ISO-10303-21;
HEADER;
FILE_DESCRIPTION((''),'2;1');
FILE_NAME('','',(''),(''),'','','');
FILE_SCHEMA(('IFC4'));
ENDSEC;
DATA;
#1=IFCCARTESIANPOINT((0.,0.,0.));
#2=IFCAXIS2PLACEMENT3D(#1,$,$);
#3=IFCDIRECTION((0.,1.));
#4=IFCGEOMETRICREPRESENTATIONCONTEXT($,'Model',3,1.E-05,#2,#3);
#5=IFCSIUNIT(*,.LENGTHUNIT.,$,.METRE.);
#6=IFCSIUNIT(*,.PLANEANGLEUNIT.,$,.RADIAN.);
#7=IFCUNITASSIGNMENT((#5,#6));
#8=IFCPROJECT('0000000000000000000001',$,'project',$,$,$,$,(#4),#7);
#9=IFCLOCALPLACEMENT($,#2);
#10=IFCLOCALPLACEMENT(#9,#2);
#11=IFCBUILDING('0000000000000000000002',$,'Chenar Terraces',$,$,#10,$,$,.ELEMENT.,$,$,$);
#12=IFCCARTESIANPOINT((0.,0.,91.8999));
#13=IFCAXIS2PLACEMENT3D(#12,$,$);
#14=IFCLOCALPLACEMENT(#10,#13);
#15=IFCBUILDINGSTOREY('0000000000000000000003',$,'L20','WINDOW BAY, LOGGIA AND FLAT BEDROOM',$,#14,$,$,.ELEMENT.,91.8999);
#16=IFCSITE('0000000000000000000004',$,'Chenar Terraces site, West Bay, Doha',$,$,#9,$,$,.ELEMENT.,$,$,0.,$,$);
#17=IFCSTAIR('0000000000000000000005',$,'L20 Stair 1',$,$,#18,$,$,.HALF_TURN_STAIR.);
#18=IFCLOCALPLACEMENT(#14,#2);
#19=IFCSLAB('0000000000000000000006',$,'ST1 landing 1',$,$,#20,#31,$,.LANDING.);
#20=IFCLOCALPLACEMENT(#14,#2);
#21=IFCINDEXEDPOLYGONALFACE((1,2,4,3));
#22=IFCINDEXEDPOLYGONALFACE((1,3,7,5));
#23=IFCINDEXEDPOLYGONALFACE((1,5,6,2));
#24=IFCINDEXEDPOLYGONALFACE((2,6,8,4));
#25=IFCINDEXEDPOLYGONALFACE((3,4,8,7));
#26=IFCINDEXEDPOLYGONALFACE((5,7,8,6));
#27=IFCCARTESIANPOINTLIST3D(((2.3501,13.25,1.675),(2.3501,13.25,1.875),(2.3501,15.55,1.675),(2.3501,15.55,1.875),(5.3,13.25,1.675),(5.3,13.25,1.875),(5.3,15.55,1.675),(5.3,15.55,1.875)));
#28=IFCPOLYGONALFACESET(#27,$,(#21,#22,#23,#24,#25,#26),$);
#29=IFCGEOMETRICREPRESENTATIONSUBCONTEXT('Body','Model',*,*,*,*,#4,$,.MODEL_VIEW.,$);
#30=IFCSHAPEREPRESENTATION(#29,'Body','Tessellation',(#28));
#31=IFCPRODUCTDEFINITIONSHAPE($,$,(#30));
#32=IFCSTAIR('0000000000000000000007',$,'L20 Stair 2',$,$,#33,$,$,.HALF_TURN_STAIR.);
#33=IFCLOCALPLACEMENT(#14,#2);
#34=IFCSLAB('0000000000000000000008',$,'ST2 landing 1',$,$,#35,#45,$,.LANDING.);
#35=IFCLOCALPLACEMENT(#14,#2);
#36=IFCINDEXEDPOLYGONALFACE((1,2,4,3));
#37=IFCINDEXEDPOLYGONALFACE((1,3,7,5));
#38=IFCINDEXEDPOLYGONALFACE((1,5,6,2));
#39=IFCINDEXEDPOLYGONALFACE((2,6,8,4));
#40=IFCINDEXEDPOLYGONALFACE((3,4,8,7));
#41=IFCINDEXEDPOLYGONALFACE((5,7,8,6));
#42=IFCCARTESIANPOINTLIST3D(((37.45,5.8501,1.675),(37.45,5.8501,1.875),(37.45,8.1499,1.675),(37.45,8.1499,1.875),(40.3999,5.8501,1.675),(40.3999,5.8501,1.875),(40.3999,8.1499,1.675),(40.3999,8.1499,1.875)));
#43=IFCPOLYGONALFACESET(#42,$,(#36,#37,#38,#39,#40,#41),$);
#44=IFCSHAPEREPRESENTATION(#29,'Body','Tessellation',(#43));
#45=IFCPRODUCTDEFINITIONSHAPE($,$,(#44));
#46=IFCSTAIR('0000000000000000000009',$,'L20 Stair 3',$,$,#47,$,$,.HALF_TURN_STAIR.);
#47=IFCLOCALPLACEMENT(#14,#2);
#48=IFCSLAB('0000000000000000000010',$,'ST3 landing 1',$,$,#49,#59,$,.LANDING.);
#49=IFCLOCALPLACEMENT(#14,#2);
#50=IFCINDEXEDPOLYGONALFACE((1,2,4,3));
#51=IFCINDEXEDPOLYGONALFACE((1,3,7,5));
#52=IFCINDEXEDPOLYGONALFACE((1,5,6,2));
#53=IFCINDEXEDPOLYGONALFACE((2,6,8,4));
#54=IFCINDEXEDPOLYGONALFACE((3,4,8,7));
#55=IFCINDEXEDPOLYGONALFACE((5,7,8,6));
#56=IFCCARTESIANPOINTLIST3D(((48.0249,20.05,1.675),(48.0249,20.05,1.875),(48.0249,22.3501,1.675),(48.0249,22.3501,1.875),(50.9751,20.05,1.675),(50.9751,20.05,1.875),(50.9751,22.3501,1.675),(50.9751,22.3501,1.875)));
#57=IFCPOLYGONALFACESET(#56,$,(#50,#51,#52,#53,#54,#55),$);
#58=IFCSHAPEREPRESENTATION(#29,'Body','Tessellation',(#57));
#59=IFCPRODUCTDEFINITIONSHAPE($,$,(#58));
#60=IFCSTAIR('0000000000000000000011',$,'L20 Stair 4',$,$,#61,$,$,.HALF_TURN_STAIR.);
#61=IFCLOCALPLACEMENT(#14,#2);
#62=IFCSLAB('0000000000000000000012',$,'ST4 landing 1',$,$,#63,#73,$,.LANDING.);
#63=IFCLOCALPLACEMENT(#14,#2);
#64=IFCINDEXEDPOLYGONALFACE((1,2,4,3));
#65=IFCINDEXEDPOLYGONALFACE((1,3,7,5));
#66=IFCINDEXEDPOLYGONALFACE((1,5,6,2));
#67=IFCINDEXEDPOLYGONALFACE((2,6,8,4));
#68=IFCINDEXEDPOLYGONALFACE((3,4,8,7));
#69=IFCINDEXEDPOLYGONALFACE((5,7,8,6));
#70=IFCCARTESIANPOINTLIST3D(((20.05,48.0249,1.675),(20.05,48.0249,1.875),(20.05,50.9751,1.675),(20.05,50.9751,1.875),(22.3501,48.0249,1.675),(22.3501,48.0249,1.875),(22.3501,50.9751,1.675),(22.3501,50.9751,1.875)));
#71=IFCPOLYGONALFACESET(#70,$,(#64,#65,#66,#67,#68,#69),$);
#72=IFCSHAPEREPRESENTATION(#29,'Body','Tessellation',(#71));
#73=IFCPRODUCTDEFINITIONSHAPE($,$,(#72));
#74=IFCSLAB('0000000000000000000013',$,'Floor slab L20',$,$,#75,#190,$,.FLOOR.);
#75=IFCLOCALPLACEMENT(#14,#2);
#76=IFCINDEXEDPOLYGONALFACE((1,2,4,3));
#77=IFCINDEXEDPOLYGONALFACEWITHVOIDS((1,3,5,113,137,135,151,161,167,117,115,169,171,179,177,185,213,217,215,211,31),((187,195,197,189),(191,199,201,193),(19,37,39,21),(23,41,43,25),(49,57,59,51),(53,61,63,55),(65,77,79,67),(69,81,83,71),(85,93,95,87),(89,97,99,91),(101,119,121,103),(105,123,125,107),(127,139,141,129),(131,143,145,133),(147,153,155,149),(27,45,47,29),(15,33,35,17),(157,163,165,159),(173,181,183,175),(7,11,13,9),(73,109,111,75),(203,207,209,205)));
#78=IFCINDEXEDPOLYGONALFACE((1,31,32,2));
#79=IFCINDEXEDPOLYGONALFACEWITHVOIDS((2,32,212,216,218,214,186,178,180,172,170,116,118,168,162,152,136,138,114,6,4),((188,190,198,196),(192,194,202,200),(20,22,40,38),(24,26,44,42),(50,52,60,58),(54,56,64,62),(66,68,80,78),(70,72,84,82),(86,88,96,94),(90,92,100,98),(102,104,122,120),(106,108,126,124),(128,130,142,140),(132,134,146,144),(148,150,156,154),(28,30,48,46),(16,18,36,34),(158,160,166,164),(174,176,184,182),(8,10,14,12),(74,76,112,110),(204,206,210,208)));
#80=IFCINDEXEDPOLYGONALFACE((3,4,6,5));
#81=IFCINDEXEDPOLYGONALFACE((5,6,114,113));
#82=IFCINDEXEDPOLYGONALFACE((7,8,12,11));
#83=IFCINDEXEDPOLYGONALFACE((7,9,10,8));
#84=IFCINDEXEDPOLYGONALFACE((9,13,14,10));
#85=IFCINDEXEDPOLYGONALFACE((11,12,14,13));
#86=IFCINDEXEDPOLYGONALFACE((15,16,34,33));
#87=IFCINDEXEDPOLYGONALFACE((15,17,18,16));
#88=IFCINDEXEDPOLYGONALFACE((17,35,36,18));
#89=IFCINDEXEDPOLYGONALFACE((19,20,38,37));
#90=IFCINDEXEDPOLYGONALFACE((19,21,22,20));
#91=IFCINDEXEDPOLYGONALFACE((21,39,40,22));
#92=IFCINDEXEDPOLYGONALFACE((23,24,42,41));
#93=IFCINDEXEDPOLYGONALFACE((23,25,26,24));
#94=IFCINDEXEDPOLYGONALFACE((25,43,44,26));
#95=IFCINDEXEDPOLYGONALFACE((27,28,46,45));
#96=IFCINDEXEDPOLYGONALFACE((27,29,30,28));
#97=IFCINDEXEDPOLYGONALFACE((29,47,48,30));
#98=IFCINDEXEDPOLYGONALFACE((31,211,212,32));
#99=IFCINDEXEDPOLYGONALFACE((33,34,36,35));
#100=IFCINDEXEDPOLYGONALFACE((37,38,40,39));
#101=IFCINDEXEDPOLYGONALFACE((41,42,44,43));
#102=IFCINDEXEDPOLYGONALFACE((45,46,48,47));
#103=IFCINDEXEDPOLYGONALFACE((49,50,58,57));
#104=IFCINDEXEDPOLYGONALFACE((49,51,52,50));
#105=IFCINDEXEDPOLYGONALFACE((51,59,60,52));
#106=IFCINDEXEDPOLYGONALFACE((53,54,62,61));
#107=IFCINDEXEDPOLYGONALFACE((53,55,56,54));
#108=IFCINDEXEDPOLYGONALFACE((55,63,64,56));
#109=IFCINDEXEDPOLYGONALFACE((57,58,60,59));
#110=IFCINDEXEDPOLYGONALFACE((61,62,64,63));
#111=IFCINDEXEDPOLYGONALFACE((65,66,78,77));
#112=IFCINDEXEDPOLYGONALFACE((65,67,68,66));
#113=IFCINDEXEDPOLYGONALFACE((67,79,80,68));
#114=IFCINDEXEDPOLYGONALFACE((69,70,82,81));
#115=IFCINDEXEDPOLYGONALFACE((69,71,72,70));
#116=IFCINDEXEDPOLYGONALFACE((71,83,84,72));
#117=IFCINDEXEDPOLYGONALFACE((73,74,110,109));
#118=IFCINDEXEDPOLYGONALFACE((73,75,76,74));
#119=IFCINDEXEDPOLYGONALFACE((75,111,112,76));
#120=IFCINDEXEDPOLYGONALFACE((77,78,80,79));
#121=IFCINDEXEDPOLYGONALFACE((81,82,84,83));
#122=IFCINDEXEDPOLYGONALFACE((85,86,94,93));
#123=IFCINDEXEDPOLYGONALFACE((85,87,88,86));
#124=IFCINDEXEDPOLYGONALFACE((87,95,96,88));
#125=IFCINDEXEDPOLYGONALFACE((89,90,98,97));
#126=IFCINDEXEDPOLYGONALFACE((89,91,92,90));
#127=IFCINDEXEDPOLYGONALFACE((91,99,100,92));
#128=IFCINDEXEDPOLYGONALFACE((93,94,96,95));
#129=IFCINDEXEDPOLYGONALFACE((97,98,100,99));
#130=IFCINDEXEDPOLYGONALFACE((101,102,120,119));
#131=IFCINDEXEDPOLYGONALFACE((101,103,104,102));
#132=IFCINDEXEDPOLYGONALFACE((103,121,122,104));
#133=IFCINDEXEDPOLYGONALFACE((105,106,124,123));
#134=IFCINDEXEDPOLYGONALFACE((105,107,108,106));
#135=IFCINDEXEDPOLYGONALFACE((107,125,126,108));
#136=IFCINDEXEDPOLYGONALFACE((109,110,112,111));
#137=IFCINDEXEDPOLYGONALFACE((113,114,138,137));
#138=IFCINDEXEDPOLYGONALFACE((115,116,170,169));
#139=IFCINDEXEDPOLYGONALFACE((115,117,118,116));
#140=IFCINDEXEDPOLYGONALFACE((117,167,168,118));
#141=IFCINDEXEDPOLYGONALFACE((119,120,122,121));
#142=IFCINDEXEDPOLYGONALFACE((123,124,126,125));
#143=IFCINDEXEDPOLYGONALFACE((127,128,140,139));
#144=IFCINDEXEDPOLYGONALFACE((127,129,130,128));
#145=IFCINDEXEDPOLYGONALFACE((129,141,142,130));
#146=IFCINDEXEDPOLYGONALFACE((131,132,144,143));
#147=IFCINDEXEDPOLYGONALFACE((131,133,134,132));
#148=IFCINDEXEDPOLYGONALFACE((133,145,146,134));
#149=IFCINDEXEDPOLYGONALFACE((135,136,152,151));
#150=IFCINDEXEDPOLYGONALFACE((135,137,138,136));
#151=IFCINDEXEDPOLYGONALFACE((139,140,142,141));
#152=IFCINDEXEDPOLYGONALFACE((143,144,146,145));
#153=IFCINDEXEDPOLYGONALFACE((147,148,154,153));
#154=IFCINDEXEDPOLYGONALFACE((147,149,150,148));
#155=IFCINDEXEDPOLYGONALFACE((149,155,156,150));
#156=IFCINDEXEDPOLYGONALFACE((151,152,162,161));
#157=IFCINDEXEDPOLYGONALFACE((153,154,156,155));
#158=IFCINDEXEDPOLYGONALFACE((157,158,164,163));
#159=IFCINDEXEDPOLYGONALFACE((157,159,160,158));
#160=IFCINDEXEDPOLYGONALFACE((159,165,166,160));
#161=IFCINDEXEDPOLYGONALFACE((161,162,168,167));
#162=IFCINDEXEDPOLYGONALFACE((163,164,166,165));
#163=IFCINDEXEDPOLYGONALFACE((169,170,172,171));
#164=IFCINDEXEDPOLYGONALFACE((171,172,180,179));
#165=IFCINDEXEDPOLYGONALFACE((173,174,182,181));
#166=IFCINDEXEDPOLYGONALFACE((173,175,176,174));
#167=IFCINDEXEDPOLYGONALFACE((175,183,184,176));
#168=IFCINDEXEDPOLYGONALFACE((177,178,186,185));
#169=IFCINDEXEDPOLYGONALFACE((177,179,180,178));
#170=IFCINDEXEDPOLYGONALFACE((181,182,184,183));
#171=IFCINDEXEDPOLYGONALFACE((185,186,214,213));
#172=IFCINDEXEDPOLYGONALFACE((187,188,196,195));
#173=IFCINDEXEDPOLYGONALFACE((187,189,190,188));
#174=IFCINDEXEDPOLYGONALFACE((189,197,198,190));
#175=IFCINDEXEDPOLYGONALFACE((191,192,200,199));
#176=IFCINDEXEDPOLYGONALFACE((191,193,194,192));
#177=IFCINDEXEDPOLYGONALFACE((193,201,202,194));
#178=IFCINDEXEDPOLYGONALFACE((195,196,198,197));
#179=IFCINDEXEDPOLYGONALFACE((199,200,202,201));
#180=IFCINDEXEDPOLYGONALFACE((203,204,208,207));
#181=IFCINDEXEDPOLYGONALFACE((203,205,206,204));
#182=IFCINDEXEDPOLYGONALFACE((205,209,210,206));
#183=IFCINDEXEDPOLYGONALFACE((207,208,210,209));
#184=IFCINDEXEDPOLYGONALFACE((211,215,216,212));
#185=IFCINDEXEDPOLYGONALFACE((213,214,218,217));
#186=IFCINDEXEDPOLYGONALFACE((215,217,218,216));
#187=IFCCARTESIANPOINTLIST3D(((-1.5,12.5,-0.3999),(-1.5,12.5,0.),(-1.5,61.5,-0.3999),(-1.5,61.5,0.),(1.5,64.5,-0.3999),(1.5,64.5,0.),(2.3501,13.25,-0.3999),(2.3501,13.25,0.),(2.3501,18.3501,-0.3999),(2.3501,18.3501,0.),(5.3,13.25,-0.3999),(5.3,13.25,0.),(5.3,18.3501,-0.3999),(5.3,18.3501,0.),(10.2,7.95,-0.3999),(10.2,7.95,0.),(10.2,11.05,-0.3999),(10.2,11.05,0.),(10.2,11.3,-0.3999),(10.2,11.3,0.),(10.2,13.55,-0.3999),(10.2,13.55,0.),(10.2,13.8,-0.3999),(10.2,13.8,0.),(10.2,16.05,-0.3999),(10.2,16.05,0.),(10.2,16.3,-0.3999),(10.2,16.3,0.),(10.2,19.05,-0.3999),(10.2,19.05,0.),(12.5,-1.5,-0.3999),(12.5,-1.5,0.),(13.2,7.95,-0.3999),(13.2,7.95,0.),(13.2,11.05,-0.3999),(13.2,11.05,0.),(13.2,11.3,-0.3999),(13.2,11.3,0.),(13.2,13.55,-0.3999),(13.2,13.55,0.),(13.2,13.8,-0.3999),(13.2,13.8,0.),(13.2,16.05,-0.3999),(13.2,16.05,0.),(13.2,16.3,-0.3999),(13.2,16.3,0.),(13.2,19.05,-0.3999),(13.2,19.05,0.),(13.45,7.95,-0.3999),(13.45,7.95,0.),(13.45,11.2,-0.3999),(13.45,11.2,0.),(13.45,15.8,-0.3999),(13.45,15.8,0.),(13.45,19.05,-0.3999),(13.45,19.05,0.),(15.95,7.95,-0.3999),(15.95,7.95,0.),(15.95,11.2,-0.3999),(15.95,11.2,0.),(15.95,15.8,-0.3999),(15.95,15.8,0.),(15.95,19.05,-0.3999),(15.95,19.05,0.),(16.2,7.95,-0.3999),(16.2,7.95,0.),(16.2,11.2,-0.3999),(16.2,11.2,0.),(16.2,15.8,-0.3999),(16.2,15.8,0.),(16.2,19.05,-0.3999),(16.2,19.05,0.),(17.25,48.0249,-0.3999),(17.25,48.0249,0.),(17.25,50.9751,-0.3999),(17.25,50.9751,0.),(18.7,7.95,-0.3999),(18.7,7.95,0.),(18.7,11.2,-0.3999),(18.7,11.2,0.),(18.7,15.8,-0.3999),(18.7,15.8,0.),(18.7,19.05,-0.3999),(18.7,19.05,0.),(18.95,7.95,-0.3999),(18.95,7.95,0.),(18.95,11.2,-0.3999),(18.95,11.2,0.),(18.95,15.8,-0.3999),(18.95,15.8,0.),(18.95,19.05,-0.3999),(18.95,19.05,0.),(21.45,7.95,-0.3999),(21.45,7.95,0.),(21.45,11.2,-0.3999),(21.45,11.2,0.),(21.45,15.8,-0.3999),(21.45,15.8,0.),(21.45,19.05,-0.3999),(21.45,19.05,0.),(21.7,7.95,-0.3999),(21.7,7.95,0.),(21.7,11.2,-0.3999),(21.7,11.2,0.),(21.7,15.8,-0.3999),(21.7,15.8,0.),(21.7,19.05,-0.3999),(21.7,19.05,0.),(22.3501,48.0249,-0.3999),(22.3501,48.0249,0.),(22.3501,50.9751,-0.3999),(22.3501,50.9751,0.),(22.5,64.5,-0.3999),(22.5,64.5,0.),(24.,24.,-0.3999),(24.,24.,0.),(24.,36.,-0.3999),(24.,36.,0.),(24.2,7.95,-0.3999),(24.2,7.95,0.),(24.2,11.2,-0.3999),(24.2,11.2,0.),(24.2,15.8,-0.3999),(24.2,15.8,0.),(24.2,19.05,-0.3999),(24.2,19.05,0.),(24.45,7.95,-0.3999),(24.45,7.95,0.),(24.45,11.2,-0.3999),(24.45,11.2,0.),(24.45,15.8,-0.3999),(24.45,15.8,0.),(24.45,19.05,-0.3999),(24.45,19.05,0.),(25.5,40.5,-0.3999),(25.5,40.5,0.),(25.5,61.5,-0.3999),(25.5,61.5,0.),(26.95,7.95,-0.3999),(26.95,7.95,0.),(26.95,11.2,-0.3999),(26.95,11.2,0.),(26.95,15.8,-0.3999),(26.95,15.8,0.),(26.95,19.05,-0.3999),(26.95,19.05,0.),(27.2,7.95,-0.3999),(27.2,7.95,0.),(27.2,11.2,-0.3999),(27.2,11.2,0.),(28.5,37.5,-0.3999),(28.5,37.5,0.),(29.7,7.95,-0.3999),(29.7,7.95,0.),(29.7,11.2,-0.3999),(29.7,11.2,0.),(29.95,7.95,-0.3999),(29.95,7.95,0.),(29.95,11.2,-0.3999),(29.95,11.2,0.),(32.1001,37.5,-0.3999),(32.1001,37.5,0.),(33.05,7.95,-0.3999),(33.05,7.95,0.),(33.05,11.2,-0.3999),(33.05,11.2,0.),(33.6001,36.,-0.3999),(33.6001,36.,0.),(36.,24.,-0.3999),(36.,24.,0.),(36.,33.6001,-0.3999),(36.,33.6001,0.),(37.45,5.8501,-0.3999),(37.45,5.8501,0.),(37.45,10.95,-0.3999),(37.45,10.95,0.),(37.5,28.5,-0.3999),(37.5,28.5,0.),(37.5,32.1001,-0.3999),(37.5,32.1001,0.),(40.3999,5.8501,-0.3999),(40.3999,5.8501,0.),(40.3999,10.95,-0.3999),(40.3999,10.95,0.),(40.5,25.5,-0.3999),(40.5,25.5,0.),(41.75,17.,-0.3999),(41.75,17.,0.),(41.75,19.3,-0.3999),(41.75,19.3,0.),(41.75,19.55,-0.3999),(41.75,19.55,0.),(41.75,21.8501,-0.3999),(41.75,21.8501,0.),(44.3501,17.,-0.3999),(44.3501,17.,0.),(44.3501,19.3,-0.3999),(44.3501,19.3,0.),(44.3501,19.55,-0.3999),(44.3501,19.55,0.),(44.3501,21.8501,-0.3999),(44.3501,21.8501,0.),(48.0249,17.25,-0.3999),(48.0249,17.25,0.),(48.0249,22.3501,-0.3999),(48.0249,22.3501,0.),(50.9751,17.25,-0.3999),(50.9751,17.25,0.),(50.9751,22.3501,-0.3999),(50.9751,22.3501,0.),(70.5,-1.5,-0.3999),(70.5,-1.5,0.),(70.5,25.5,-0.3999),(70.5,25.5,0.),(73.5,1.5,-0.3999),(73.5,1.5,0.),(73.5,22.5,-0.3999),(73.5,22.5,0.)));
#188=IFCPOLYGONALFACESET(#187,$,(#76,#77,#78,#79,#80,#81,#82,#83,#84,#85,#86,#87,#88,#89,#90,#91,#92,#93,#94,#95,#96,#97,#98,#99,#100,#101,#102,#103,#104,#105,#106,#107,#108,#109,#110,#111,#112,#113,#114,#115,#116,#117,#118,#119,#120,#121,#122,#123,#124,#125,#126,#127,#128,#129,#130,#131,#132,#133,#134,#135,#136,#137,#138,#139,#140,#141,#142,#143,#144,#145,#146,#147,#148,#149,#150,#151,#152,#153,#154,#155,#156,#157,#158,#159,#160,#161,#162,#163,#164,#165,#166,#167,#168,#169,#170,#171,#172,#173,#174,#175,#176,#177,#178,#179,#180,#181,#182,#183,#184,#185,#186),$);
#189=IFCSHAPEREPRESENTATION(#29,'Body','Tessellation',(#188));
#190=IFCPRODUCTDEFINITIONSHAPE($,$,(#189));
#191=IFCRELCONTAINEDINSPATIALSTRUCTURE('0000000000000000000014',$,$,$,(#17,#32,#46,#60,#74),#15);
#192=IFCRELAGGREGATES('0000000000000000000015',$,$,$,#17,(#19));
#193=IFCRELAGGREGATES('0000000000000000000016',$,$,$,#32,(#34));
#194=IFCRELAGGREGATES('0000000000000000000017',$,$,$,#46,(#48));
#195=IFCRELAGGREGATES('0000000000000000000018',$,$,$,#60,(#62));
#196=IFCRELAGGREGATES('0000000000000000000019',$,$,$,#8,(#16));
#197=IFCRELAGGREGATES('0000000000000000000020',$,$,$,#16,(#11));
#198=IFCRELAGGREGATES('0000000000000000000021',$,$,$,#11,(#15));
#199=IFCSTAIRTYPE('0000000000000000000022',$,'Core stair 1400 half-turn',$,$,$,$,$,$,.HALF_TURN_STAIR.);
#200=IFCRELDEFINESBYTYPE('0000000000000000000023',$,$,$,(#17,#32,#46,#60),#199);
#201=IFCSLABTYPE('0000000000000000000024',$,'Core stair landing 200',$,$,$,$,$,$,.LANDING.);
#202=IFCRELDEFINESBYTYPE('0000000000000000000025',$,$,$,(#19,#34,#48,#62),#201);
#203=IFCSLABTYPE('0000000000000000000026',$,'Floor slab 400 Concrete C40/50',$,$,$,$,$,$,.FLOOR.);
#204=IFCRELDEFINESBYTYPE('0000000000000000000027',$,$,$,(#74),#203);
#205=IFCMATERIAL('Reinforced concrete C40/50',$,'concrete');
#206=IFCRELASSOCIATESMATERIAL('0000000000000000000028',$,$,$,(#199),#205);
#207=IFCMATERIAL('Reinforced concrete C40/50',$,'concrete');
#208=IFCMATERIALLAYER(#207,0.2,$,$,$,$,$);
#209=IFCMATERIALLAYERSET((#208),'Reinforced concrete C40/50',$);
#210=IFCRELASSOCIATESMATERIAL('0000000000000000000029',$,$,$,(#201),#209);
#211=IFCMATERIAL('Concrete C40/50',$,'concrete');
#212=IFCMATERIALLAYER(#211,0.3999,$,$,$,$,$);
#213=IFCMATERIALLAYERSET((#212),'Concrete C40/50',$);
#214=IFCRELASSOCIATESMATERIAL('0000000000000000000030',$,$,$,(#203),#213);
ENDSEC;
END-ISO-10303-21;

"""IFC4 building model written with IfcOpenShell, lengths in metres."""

from ifc_helpers import new_model, si_unit, direction, frame, origin, place, context, subcontext, project, spatial, polyline, outline, extrude, material, layer, layer_set, type_object, element, aggregate, save


model = new_model("IFC4")

# Units and contexts
model_context = context("Model", 3, precision=1e-05, world=origin(), true_north=direction((0.0, 1.0)))
body_context = subcontext(model_context, "Body", "Model", "MODEL_VIEW")
ifc_project = project(units=[si_unit("LENGTHUNIT", "METRE"), si_unit("PLANEANGLEUNIT", "RADIAN")], contexts=[model_context])

# Site, building, storey
site_placement = place(None, origin())
site = spatial("IfcSite", under=ifc_project, at=site_placement, Name="Chenar Terraces site, West Bay, Doha", CompositionType="ELEMENT", RefElevation=0.0)
building_placement = place(site_placement, origin())
building = spatial("IfcBuilding", under=site, at=building_placement, Name="Chenar Terraces", CompositionType="ELEMENT")
storey_placement = place(building_placement, frame((0.0, 0.0, 91.8999)))
storey = spatial("IfcBuildingStorey", under=building, at=storey_placement, Name="L20", Description="WINDOW BAY, LOGGIA AND FLAT BEDROOM", CompositionType="ELEMENT", Elevation=91.8999)

# Stairs, slabs
ifc_material_1 = material(Name="Reinforced concrete C40/50", Category="concrete")
stair_type = type_object("IfcStairType", Name="Core stair 1400 half-turn", PredefinedType="HALF_TURN_STAIR", material=ifc_material_1)
placement_1 = place(storey_placement, origin())
stair_1 = element("IfcStair", 1, at=placement_1, inside=storey, type_object=stair_type, Name="L20 Stair 1", PredefinedType="HALF_TURN_STAIR")
ifc_material_2 = material(Name="Reinforced concrete C40/50", Category="concrete")
ifc_layer_1 = layer(ifc_material_2, 0.2)
ifc_layer_set_1 = layer_set([ifc_layer_1], Name="Reinforced concrete C40/50")
slab_type_1 = type_object("IfcSlabType", Name="Core stair landing 200", PredefinedType="LANDING", material=ifc_layer_set_1)
placement_2 = place(storey_placement, frame((0.0, 0.0, 1.675)))
slab_1 = element("IfcSlab", 2, at=placement_2, type_object=slab_type_1, Name="ST1 landing 1", PredefinedType="LANDING", context=body_context, shape_type="SweptSolid", body=[
    extrude(outline(polyline([(2.3501, 15.55), (2.3501, 13.25), (5.3, 13.25), (5.3, 15.55), (2.3501, 15.55)])), origin(), (0.0, 0.0, 1.0), 0.2),
])
aggregate(stair_1, [slab_1])
stair_2 = element("IfcStair", 3, at=placement_1, inside=storey, type_object=stair_type, Name="L20 Stair 2", PredefinedType="HALF_TURN_STAIR")
slab_2 = element("IfcSlab", 4, at=placement_2, type_object=slab_type_1, Name="ST2 landing 1", PredefinedType="LANDING", context=body_context, shape_type="SweptSolid", body=[
    extrude(outline(polyline([(37.45, 8.1499), (37.45, 5.8501), (40.3999, 5.8501), (40.3999, 8.1499), (37.45, 8.1499)])), origin(), (0.0, 0.0, 1.0), 0.2),
])
aggregate(stair_2, [slab_2])
stair_3 = element("IfcStair", 5, at=placement_1, inside=storey, type_object=stair_type, Name="L20 Stair 3", PredefinedType="HALF_TURN_STAIR")
slab_3 = element("IfcSlab", 6, at=placement_2, type_object=slab_type_1, Name="ST3 landing 1", PredefinedType="LANDING", context=body_context, shape_type="SweptSolid", body=[
    extrude(outline(polyline([(50.9751, 20.05), (50.9751, 22.3501), (48.0249, 22.3501), (48.0249, 20.05), (50.9751, 20.05)])), origin(), (0.0, 0.0, 1.0), 0.2),
])
aggregate(stair_3, [slab_3])
stair_4 = element("IfcStair", 7, at=placement_1, inside=storey, type_object=stair_type, Name="L20 Stair 4", PredefinedType="HALF_TURN_STAIR")
slab_4 = element("IfcSlab", 8, at=placement_2, type_object=slab_type_1, Name="ST4 landing 1", PredefinedType="LANDING", context=body_context, shape_type="SweptSolid", body=[
    extrude(outline(polyline([(20.05, 48.0249), (22.3501, 48.0249), (22.3501, 50.9751), (20.05, 50.9751), (20.05, 48.0249)])), origin(), (0.0, 0.0, 1.0), 0.2),
])
aggregate(stair_4, [slab_4])

# Slab
ifc_material_3 = material(Name="Concrete C40/50", Category="concrete")
ifc_layer_2 = layer(ifc_material_3, 0.3999)
ifc_layer_set_2 = layer_set([ifc_layer_2], Name="Concrete C40/50")
slab_type_2 = type_object("IfcSlabType", Name="Floor slab 400 Concrete C40/50", PredefinedType="FLOOR", material=ifc_layer_set_2)
slab_5_placement = place(storey_placement, frame((0.0, 0.0, -0.3999)))
element("IfcSlab", 9, at=slab_5_placement, inside=storey, type_object=slab_type_2, Name="Floor slab L20", PredefinedType="FLOOR", context=body_context, shape_type="SweptSolid", body=[
    extrude(outline(polyline([(73.5, 22.5), (73.5, 1.5), (70.5, -1.5), (12.5, -1.5), (-1.5, 12.5), (-1.5, 61.5), (1.5, 64.5), (22.5, 64.5), (25.5, 61.5), (25.5, 40.5), (28.5, 37.5), (32.1001, 37.5), (33.6001, 36.0), (24.0, 36.0), (24.0, 24.0), (36.0, 24.0), (36.0, 33.6001), (37.5, 32.1001), (37.5, 28.5), (40.5, 25.5), (70.5, 25.5), (73.5, 22.5)]), holes=[polyline([(13.2, 11.05), (10.2, 11.05), (10.2, 7.95), (13.2, 7.95), (13.2, 11.05)]), polyline([(15.95, 11.2), (13.45, 11.2), (13.45, 7.95), (15.95, 7.95), (15.95, 11.2)]), polyline([(18.7, 11.2), (16.2, 11.2), (16.2, 7.95), (18.7, 7.95), (18.7, 11.2)]), polyline([(21.45, 7.95), (21.45, 11.2), (18.95, 11.2), (18.95, 7.95), (21.45, 7.95)]), polyline([(13.2, 11.3), (13.2, 13.55), (10.2, 13.55), (10.2, 11.3), (13.2, 11.3)]), polyline([(13.2, 16.05), (10.2, 16.05), (10.2, 13.8), (13.2, 13.8), (13.2, 16.05)]), polyline([(2.3501, 18.3501), (2.3501, 13.25), (5.3, 13.25), (5.3, 18.3501), (2.3501, 18.3501)]), polyline([(15.95, 15.8), (15.95, 19.05), (13.45, 19.05), (13.45, 15.8), (15.95, 15.8)]), polyline([(18.7, 19.05), (16.2, 19.05), (16.2, 15.8), (18.7, 15.8), (18.7, 19.05)]), polyline([(21.45, 15.8), (21.45, 19.05), (18.95, 19.05), (18.95, 15.8), (21.45, 15.8)]), polyline([(13.2, 16.3), (13.2, 19.05), (10.2, 19.05), (10.2, 16.3), (13.2, 16.3)]), polyline([(22.3501, 48.0249), (22.3501, 50.9751), (17.25, 50.9751), (17.25, 48.0249), (22.3501, 48.0249)]), polyline([(37.45, 10.95), (37.45, 5.8501), (40.3999, 5.8501), (40.3999, 10.95), (37.45, 10.95)]), polyline([(24.2, 7.95), (24.2, 11.2), (21.7, 11.2), (21.7, 7.95), (24.2, 7.95)]), polyline([(26.95, 11.2), (24.45, 11.2), (24.45, 7.95), (26.95, 7.95), (26.95, 11.2)]), polyline([(29.7, 7.95), (29.7, 11.2), (27.2, 11.2), (27.2, 7.95), (29.7, 7.95)]), polyline([(33.05, 7.95), (33.05, 11.2), (29.95, 11.2), (29.95, 7.95), (33.05, 7.95)]), polyline([(24.2, 19.05), (21.7, 19.05), (21.7, 15.8), (24.2, 15.8), (24.2, 19.05)]), polyline([(26.95, 15.8), (26.95, 19.05), (24.45, 19.05), (24.45, 15.8), (26.95, 15.8)]), polyline([(44.3501, 17.0), (44.3501, 19.3), (41.75, 19.3), (41.75, 17.0), (44.3501, 17.0)]), polyline([(50.9751, 22.3501), (48.0249, 22.3501), (48.0249, 17.25), (50.9751, 17.25), (50.9751, 22.3501)]), polyline([(44.3501, 19.55), (44.3501, 21.8501), (41.75, 21.8501), (41.75, 19.55), (44.3501, 19.55)])]), origin(), (0.0, 0.0, 1.0), 0.3999),
])

save(model, "model.ifc")
